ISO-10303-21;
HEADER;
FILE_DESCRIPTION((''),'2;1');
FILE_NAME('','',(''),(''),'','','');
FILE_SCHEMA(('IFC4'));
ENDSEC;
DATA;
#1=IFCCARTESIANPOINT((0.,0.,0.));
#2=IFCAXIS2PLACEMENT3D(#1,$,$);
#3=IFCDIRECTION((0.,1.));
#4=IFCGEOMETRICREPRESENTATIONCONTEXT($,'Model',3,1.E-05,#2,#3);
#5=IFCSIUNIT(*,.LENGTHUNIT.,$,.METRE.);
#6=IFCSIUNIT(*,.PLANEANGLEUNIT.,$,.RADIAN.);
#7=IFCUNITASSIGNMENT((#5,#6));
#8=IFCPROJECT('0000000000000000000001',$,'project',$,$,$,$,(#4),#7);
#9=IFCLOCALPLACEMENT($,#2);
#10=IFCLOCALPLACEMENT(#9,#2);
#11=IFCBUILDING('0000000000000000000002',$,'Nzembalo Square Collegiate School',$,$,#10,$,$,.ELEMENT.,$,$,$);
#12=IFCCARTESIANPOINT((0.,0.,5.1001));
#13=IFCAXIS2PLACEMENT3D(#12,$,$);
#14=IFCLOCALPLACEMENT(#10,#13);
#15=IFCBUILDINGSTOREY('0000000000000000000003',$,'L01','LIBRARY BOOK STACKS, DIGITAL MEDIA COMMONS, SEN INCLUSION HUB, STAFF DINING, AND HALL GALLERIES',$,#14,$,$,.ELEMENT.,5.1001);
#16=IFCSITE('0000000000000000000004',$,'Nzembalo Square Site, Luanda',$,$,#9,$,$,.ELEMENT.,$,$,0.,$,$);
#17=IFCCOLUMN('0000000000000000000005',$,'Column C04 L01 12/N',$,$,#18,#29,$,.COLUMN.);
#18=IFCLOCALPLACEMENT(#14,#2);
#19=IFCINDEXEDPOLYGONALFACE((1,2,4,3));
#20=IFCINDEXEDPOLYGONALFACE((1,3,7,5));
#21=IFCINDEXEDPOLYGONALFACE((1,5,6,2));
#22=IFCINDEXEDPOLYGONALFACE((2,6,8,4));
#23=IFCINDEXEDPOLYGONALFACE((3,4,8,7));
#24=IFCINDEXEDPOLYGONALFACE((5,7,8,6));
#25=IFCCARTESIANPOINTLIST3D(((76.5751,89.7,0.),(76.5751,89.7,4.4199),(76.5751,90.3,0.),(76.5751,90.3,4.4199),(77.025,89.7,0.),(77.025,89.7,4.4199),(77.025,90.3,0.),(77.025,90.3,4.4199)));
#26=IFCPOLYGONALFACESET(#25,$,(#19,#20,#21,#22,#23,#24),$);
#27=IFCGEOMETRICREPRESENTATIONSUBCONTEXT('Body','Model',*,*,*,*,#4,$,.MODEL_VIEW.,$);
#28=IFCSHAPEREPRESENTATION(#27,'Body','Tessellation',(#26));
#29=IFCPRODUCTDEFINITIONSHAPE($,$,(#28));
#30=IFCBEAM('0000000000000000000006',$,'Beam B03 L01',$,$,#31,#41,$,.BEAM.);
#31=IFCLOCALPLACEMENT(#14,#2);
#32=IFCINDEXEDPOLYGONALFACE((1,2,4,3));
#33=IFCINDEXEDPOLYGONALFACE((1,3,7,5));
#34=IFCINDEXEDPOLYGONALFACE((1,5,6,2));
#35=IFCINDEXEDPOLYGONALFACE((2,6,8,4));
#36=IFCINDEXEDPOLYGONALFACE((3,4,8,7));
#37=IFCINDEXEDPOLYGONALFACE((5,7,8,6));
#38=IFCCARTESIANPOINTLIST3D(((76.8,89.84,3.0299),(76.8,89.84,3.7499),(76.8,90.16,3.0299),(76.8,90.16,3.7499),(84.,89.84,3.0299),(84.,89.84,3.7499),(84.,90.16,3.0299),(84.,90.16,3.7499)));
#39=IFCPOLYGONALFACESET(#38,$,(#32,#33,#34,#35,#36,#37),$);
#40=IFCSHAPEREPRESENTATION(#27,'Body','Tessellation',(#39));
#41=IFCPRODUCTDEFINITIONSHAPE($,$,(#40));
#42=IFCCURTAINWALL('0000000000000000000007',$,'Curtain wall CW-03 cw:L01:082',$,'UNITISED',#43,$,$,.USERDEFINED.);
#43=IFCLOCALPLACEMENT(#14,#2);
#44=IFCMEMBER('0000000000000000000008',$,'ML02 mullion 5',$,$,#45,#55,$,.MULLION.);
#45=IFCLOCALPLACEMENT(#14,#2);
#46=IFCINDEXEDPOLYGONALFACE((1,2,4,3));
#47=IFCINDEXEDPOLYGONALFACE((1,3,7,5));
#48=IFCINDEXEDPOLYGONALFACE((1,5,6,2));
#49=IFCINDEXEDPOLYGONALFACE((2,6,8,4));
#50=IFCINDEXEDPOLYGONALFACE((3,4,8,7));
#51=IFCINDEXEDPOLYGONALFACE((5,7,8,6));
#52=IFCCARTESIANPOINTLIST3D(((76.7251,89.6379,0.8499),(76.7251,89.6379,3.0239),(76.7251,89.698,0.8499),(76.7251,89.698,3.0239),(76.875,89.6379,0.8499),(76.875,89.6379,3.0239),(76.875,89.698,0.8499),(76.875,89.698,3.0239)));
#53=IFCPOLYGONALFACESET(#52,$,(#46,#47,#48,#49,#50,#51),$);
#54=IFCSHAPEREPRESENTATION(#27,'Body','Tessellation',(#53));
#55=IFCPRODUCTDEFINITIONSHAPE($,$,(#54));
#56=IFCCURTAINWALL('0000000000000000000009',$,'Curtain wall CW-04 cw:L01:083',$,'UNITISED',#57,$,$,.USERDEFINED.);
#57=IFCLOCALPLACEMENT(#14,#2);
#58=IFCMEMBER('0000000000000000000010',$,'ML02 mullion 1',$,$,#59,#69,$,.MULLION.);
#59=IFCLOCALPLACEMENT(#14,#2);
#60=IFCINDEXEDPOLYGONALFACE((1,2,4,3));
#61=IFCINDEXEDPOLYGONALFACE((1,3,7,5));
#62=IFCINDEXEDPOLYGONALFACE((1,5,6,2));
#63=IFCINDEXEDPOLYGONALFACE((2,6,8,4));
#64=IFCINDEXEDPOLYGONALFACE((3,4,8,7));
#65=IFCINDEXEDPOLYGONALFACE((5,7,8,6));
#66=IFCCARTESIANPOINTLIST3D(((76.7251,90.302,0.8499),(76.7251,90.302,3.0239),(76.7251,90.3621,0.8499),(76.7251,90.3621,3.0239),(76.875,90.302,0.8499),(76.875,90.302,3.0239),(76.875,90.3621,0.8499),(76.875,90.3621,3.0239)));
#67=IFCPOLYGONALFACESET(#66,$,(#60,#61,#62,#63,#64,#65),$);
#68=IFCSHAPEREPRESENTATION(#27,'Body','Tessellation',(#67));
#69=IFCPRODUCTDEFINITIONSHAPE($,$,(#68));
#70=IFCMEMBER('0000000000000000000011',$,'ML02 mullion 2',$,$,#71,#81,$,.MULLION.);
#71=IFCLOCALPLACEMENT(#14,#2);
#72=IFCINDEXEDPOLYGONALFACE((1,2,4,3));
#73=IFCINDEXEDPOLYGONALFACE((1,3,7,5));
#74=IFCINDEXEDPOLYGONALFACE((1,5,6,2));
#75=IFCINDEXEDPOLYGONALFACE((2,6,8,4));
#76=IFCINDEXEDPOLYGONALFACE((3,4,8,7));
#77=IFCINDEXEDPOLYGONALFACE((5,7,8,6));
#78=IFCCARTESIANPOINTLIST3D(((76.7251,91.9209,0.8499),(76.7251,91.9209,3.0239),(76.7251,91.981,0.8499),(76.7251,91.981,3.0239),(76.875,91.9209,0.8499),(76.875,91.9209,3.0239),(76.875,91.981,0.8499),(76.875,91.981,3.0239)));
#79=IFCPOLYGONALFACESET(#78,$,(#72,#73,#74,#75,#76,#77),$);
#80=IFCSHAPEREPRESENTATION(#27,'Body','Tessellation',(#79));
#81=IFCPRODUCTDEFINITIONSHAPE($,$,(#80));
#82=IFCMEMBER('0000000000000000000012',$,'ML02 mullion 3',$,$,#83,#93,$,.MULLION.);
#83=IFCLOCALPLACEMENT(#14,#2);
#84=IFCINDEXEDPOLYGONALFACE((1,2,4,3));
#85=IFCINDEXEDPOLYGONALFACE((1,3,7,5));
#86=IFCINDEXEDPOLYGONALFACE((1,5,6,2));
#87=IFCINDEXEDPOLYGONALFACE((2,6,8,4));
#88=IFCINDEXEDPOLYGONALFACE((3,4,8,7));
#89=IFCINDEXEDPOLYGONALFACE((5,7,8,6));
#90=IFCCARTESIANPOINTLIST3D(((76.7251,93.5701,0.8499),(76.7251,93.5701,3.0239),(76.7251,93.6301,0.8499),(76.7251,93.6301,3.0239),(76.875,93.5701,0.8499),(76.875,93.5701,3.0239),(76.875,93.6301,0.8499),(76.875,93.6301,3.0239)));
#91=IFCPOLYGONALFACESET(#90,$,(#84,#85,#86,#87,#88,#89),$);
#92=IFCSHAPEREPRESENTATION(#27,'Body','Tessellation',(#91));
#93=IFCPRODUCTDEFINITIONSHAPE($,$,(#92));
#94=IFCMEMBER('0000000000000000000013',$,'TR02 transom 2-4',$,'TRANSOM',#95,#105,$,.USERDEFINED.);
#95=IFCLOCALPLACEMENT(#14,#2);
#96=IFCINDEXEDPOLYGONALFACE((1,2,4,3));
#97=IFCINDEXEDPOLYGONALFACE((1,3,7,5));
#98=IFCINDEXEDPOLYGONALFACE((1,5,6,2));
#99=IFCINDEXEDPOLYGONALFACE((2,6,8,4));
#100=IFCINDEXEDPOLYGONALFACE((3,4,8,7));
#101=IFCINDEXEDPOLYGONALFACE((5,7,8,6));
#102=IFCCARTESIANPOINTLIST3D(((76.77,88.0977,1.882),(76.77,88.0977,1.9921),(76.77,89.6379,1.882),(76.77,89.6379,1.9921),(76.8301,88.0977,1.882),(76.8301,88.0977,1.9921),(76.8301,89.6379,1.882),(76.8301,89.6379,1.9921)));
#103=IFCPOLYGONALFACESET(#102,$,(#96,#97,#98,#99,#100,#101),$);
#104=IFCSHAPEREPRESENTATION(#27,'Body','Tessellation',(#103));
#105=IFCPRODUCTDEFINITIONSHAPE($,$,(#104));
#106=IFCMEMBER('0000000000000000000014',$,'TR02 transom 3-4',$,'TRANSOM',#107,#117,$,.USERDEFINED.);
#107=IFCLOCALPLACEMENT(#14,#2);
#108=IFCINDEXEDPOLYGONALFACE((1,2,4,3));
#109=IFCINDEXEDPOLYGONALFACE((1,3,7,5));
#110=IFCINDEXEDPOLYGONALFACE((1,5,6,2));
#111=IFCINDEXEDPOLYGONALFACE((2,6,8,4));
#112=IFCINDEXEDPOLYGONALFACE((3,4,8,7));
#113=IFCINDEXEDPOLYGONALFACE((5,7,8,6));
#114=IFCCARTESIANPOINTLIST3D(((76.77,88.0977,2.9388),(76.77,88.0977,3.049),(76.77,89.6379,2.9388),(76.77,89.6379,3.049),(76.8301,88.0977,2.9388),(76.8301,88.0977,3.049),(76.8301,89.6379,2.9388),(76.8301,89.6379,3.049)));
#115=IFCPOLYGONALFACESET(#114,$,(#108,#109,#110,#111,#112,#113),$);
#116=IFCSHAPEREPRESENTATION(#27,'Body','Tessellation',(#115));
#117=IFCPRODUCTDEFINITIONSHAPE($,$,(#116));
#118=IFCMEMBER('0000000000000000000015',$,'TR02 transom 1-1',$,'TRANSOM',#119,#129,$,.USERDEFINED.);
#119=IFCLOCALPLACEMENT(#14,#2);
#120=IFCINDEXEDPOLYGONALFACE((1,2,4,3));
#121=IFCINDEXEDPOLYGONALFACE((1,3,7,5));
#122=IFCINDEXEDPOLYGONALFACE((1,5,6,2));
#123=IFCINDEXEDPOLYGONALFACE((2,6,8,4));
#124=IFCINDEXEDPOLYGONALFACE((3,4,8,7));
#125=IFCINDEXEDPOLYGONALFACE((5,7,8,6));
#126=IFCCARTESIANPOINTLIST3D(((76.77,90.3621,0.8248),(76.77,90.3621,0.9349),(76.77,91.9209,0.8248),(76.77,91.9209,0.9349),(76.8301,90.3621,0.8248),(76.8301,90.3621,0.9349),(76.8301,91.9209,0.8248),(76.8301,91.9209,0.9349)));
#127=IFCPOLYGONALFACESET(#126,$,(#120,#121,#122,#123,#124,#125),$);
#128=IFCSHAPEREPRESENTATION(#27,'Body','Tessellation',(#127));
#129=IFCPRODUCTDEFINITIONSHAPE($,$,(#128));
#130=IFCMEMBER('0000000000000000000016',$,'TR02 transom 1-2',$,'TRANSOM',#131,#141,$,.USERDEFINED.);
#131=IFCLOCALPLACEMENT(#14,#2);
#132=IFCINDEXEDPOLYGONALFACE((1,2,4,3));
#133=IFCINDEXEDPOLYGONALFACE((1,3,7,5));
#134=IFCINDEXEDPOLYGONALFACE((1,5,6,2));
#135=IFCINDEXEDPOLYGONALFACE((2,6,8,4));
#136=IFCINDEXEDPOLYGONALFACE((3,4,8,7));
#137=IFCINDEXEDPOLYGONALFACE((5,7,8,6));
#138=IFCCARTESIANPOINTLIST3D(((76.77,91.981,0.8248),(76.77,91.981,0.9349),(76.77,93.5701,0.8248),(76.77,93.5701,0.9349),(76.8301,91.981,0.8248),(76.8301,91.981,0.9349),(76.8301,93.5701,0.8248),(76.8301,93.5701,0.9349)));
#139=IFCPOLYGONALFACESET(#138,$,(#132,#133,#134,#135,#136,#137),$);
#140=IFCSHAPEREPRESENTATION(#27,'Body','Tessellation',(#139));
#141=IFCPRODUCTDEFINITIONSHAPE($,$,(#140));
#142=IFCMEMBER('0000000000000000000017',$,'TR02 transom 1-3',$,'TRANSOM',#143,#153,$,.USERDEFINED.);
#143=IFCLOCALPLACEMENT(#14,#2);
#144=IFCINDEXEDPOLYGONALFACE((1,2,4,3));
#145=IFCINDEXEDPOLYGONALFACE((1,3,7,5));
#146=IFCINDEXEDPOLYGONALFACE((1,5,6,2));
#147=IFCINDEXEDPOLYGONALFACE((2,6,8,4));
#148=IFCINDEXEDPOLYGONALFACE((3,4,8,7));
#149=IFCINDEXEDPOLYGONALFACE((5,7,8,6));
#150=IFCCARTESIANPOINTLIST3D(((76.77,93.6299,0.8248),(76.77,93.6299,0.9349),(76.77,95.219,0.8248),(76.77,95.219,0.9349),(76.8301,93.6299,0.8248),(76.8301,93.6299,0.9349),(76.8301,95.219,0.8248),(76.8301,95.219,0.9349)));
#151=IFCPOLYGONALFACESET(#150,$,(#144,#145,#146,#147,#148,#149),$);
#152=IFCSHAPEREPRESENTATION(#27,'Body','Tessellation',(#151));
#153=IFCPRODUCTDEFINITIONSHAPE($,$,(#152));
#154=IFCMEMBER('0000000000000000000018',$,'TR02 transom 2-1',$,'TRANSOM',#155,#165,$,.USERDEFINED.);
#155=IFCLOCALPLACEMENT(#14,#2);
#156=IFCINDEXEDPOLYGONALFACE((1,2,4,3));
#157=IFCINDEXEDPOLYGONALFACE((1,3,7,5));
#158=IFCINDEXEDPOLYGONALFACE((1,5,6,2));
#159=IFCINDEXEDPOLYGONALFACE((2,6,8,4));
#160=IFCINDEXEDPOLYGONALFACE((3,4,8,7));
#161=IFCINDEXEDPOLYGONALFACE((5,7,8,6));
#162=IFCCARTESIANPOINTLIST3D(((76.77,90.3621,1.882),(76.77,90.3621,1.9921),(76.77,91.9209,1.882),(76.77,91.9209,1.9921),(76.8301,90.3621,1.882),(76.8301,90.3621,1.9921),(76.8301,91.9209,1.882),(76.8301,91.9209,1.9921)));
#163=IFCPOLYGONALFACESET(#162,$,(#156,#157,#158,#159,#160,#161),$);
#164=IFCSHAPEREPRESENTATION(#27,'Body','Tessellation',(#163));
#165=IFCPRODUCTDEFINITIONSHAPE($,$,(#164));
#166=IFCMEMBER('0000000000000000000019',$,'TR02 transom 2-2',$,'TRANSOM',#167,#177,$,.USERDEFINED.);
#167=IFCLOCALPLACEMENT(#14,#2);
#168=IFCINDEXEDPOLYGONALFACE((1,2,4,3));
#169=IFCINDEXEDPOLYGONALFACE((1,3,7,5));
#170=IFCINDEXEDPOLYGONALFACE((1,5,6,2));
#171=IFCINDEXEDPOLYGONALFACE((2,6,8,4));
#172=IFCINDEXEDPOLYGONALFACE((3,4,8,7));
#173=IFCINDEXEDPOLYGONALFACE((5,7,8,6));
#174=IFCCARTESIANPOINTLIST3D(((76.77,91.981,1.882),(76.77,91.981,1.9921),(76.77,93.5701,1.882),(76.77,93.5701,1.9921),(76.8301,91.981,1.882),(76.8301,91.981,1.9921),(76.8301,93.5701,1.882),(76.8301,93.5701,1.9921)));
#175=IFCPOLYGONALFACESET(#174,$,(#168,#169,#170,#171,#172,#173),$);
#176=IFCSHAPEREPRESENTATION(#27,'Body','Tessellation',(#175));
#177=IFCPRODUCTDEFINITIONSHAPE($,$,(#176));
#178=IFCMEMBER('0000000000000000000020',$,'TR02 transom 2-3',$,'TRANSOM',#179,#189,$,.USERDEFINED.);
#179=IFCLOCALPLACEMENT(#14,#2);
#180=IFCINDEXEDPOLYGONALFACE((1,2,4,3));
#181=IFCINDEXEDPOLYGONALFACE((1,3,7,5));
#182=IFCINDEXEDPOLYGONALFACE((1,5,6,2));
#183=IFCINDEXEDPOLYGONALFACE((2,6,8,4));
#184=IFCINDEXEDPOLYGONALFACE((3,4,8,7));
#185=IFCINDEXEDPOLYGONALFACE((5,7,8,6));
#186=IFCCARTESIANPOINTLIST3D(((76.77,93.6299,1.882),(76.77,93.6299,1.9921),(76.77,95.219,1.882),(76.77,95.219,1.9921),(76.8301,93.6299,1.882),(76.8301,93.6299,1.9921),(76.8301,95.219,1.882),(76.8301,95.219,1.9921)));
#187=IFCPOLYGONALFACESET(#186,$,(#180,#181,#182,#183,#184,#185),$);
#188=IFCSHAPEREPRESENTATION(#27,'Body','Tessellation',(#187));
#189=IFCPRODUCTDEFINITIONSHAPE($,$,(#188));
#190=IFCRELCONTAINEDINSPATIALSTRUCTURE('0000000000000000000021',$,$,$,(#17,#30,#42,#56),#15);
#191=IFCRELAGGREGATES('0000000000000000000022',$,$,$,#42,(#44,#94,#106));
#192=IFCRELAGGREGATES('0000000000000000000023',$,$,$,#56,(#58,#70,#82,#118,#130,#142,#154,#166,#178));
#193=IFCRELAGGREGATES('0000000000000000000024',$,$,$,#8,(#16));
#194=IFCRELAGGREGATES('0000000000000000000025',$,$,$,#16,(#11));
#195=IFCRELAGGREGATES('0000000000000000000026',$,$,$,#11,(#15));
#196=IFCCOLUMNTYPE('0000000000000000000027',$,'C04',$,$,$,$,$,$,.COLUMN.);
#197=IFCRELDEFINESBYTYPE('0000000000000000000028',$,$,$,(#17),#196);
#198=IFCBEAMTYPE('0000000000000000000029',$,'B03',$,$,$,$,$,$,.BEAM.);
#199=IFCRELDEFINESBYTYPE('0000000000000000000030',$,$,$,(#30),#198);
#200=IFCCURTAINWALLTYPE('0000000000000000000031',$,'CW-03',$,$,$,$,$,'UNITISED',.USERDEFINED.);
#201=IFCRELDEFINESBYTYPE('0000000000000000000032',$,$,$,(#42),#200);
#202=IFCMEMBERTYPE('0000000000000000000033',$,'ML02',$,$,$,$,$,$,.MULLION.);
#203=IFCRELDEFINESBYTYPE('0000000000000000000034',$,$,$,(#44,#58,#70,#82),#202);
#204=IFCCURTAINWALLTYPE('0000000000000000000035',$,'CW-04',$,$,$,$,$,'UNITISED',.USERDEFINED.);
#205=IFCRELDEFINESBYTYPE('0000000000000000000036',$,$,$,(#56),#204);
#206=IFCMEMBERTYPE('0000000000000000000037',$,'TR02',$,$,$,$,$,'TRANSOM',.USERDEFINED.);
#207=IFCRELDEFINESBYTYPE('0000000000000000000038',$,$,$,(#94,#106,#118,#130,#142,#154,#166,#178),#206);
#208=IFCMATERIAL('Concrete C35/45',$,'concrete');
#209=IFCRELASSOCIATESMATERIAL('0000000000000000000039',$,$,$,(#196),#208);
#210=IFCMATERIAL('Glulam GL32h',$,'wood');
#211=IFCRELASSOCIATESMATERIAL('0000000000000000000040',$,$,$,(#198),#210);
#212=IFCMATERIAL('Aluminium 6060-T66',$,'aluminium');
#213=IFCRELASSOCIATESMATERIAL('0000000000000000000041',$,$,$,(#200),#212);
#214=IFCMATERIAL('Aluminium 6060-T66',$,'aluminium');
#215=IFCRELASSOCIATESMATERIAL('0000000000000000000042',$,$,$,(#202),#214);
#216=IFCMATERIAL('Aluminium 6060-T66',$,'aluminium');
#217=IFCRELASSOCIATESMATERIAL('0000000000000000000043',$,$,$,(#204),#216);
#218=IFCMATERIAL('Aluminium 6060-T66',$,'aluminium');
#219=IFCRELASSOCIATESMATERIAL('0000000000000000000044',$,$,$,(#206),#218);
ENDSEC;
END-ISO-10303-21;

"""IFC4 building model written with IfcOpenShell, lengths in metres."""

from ifc_helpers import new_model, si_unit, direction, frame, origin, origin_2d, place, context, subcontext, project, spatial, rectangle, extrude, material, material_profile, profile_set, type_object, element, aggregate, save


model = new_model("IFC4")

# Units and contexts
model_context = context("Model", 3, precision=1e-05, world=origin(), true_north=direction((0.0, 1.0)))
body_context = subcontext(model_context, "Body", "Model", "MODEL_VIEW")
ifc_project = project(units=[si_unit("LENGTHUNIT", "METRE"), si_unit("PLANEANGLEUNIT", "RADIAN")], contexts=[model_context])

# Site, building, storey
site_placement = place(None, origin())
site = spatial("IfcSite", under=ifc_project, at=site_placement, Name="Nzembalo Square Site, Luanda", CompositionType="ELEMENT", RefElevation=0.0)
building_placement = place(site_placement, origin())
building = spatial("IfcBuilding", under=site, at=building_placement, Name="Nzembalo Square Collegiate School", CompositionType="ELEMENT")
storey_placement = place(building_placement, frame((0.0, 0.0, 5.1001)))
storey = spatial("IfcBuildingStorey", under=building, at=storey_placement, Name="L01", Description="LIBRARY BOOK STACKS, DIGITAL MEDIA COMMONS, SEN INCLUSION HUB, STAFF DINING, AND HALL GALLERIES", CompositionType="ELEMENT", Elevation=5.1001)

# Column
ifc_material_1 = material(Name="Concrete C35/45", Category="concrete")
ifc_material_profile_1 = material_profile(ifc_material_1, rectangle(XDim=0.45, YDim=0.6001, at=origin_2d()), Name="RC 450x600")
ifc_profile_set_1 = profile_set([ifc_material_profile_1], Name="Concrete C35/45")
column_type = type_object("IfcColumnType", Name="C04", PredefinedType="COLUMN", material=ifc_profile_set_1)
column_placement = place(storey_placement, frame((76.8, 90.0, 0.0), z_axis=(0.0, 0.0, 1.0), x_axis=(1.0, 0.0, 0.0)))
element("IfcColumn", 1, at=column_placement, inside=storey, type_object=column_type, Name="Column C04 L01 12/N", PredefinedType="COLUMN", context=body_context, shape_type="SweptSolid", body=[
    extrude(rectangle(XDim=0.45, YDim=0.6001, at=origin_2d()), origin(), (0.0, 0.0, 1.0), 4.4199),
])

# Beam
ifc_material_2 = material(Name="Glulam GL32h", Category="wood")
ifc_material_profile_2 = material_profile(ifc_material_2, rectangle(XDim=0.3201, YDim=0.72, at=origin_2d()), Name="GL32h 320x720")
ifc_profile_set_2 = profile_set([ifc_material_profile_2], Name="Glulam GL32h")
beam_type = type_object("IfcBeamType", Name="B03", PredefinedType="BEAM", material=ifc_profile_set_2)
beam_placement = place(storey_placement, frame((76.8, 90.0, 3.3899), z_axis=(1.0, 0.0, 0.0), x_axis=(0.0, 1.0, 0.0)))
element("IfcBeam", 2, at=beam_placement, inside=storey, type_object=beam_type, Name="Beam B03 L01", PredefinedType="BEAM", context=body_context, shape_type="SweptSolid", body=[
    extrude(rectangle(XDim=0.3201, YDim=0.72, at=origin_2d()), origin(), (0.0, 0.0, 1.0), 7.2),
])

# Curtain wall, member
ifc_material_3 = material(Name="Aluminium 6060-T66", Category="aluminium")
curtain_wall_type_1 = type_object("IfcCurtainWallType", Name="CW-03", ElementType="UNITISED", PredefinedType="USERDEFINED", material=ifc_material_3)
curtain_wall_1_placement = place(storey_placement, origin())
curtain_wall_1 = element("IfcCurtainWall", 3, at=curtain_wall_1_placement, inside=storey, type_object=curtain_wall_type_1, Name="Curtain wall CW-03 cw:L01:082", ObjectType="UNITISED", PredefinedType="USERDEFINED")
ifc_material_4 = material(Name="Aluminium 6060-T66", Category="aluminium")
ifc_material_profile_3 = material_profile(ifc_material_4, rectangle(XDim=0.0601, YDim=0.1499, at=origin_2d()), Name="ALU M60x150")
ifc_profile_set_3 = profile_set([ifc_material_profile_3], Name="Aluminium 6060-T66")
member_type_1 = type_object("IfcMemberType", Name="ML02", PredefinedType="MULLION", material=ifc_profile_set_3)
member_1_placement = place(storey_placement, frame((76.8, 89.668, 0.8499), z_axis=(0.0, 0.0, 1.0), x_axis=(0.0, 1.0, 0.0)))
member_1 = element("IfcMember", 4, at=member_1_placement, type_object=member_type_1, Name="ML02 mullion 5", PredefinedType="MULLION", context=body_context, shape_type="SweptSolid", body=[
    extrude(rectangle(XDim=0.0601, YDim=0.1499, at=origin_2d()), origin(), (0.0, 0.0, 1.0), 2.1741),
])

# Curtain wall, members
ifc_material_5 = material(Name="Aluminium 6060-T66", Category="aluminium")
curtain_wall_type_2 = type_object("IfcCurtainWallType", Name="CW-04", ElementType="UNITISED", PredefinedType="USERDEFINED", material=ifc_material_5)
curtain_wall_2_placement = place(storey_placement, origin())
curtain_wall_2 = element("IfcCurtainWall", 5, at=curtain_wall_2_placement, inside=storey, type_object=curtain_wall_type_2, Name="Curtain wall CW-04 cw:L01:083", ObjectType="UNITISED", PredefinedType="USERDEFINED")
member_2_placement = place(storey_placement, frame((76.8, 90.332, 0.8499), z_axis=(0.0, 0.0, 1.0), x_axis=(0.0, 1.0, 0.0)))
member_2 = element("IfcMember", 6, at=member_2_placement, type_object=member_type_1, Name="ML02 mullion 1", PredefinedType="MULLION", context=body_context, shape_type="SweptSolid", body=[
    extrude(rectangle(XDim=0.0601, YDim=0.1499, at=origin_2d()), origin(), (0.0, 0.0, 1.0), 2.1741),
])
member_3_placement = place(storey_placement, frame((76.8, 91.9509, 0.8499), z_axis=(0.0, 0.0, 1.0), x_axis=(0.0, 1.0, 0.0)))
member_3 = element("IfcMember", 7, at=member_3_placement, type_object=member_type_1, Name="ML02 mullion 2", PredefinedType="MULLION", context=body_context, shape_type="SweptSolid", body=[
    extrude(rectangle(XDim=0.0601, YDim=0.1499, at=origin_2d()), origin(), (0.0, 0.0, 1.0), 2.1741),
])
member_4_placement = place(storey_placement, frame((76.8, 93.6001, 0.8499), z_axis=(0.0, 0.0, 1.0), x_axis=(0.0, 1.0, 0.0)))
member_4 = element("IfcMember", 8, at=member_4_placement, type_object=member_type_1, Name="ML02 mullion 3", PredefinedType="MULLION", context=body_context, shape_type="SweptSolid", body=[
    extrude(rectangle(XDim=0.0601, YDim=0.1499, at=origin_2d()), origin(), (0.0, 0.0, 1.0), 2.1741),
])

# Members
ifc_material_6 = material(Name="Aluminium 6060-T66", Category="aluminium")
ifc_material_profile_4 = material_profile(ifc_material_6, rectangle(XDim=0.0601, YDim=0.1101, at=origin_2d()), Name="ALU T60x110")
ifc_profile_set_4 = profile_set([ifc_material_profile_4], Name="Aluminium 6060-T66")
member_type_2 = type_object("IfcMemberType", Name="TR02", ElementType="TRANSOM", PredefinedType="USERDEFINED", material=ifc_profile_set_4)
member_5_placement = place(storey_placement, frame((76.8, 88.0977, 1.937), z_axis=(0.0, 1.0, 0.0), x_axis=(-1.0, 0.0, 0.0)))
member_5 = element("IfcMember", 9, at=member_5_placement, type_object=member_type_2, Name="TR02 transom 2-4", ObjectType="TRANSOM", PredefinedType="USERDEFINED", context=body_context, shape_type="SweptSolid", body=[
    extrude(rectangle(XDim=0.0601, YDim=0.1101, at=origin_2d()), origin(), (0.0, 0.0, 1.0), 1.5403),
])
member_6_placement = place(storey_placement, frame((76.8, 88.0977, 2.9939), z_axis=(0.0, 1.0, 0.0), x_axis=(-1.0, 0.0, 0.0)))
member_6 = element("IfcMember", 10, at=member_6_placement, type_object=member_type_2, Name="TR02 transom 3-4", ObjectType="TRANSOM", PredefinedType="USERDEFINED", context=body_context, shape_type="SweptSolid", body=[
    extrude(rectangle(XDim=0.0601, YDim=0.1101, at=origin_2d()), origin(), (0.0, 0.0, 1.0), 1.5403),
])
member_7_placement = place(storey_placement, frame((76.8, 90.3621, 0.8799), z_axis=(0.0, 1.0, 0.0), x_axis=(-1.0, 0.0, 0.0)))
member_7 = element("IfcMember", 11, at=member_7_placement, type_object=member_type_2, Name="TR02 transom 1-1", ObjectType="TRANSOM", PredefinedType="USERDEFINED", context=body_context, shape_type="SweptSolid", body=[
    extrude(rectangle(XDim=0.0601, YDim=0.1101, at=origin_2d()), origin(), (0.0, 0.0, 1.0), 1.5588),
])
member_8_placement = place(storey_placement, frame((76.8, 91.981, 0.8799), z_axis=(0.0, 1.0, 0.0), x_axis=(-1.0, 0.0, 0.0)))
member_8 = element("IfcMember", 12, at=member_8_placement, type_object=member_type_2, Name="TR02 transom 1-2", ObjectType="TRANSOM", PredefinedType="USERDEFINED", context=body_context, shape_type="SweptSolid", body=[
    extrude(rectangle(XDim=0.0601, YDim=0.1101, at=origin_2d()), origin(), (0.0, 0.0, 1.0), 1.5891),
])
member_9_placement = place(storey_placement, frame((76.8, 93.6299, 0.8799), z_axis=(0.0, 1.0, 0.0), x_axis=(-1.0, 0.0, 0.0)))
member_9 = element("IfcMember", 13, at=member_9_placement, type_object=member_type_2, Name="TR02 transom 1-3", ObjectType="TRANSOM", PredefinedType="USERDEFINED", context=body_context, shape_type="SweptSolid", body=[
    extrude(rectangle(XDim=0.0601, YDim=0.1101, at=origin_2d()), origin(), (0.0, 0.0, 1.0), 1.5891),
])
member_10_placement = place(storey_placement, frame((76.8, 90.3621, 1.937), z_axis=(0.0, 1.0, 0.0), x_axis=(-1.0, 0.0, 0.0)))
member_10 = element("IfcMember", 14, at=member_10_placement, type_object=member_type_2, Name="TR02 transom 2-1", ObjectType="TRANSOM", PredefinedType="USERDEFINED", context=body_context, shape_type="SweptSolid", body=[
    extrude(rectangle(XDim=0.0601, YDim=0.1101, at=origin_2d()), origin(), (0.0, 0.0, 1.0), 1.5588),
])
member_11_placement = place(storey_placement, frame((76.8, 91.981, 1.937), z_axis=(0.0, 1.0, 0.0), x_axis=(-1.0, 0.0, 0.0)))
member_11 = element("IfcMember", 15, at=member_11_placement, type_object=member_type_2, Name="TR02 transom 2-2", ObjectType="TRANSOM", PredefinedType="USERDEFINED", context=body_context, shape_type="SweptSolid", body=[
    extrude(rectangle(XDim=0.0601, YDim=0.1101, at=origin_2d()), origin(), (0.0, 0.0, 1.0), 1.5891),
])
member_12_placement = place(storey_placement, frame((76.8, 93.6299, 1.937), z_axis=(0.0, 1.0, 0.0), x_axis=(-1.0, 0.0, 0.0)))
member_12 = element("IfcMember", 16, at=member_12_placement, type_object=member_type_2, Name="TR02 transom 2-3", ObjectType="TRANSOM", PredefinedType="USERDEFINED", context=body_context, shape_type="SweptSolid", body=[
    extrude(rectangle(XDim=0.0601, YDim=0.1101, at=origin_2d()), origin(), (0.0, 0.0, 1.0), 1.5891),
])

aggregate(curtain_wall_1, [member_1, member_5, member_6])
aggregate(curtain_wall_2, [member_2, member_3, member_4, member_7, member_8, member_9, member_10, member_11, member_12])

save(model, "model.ifc")
